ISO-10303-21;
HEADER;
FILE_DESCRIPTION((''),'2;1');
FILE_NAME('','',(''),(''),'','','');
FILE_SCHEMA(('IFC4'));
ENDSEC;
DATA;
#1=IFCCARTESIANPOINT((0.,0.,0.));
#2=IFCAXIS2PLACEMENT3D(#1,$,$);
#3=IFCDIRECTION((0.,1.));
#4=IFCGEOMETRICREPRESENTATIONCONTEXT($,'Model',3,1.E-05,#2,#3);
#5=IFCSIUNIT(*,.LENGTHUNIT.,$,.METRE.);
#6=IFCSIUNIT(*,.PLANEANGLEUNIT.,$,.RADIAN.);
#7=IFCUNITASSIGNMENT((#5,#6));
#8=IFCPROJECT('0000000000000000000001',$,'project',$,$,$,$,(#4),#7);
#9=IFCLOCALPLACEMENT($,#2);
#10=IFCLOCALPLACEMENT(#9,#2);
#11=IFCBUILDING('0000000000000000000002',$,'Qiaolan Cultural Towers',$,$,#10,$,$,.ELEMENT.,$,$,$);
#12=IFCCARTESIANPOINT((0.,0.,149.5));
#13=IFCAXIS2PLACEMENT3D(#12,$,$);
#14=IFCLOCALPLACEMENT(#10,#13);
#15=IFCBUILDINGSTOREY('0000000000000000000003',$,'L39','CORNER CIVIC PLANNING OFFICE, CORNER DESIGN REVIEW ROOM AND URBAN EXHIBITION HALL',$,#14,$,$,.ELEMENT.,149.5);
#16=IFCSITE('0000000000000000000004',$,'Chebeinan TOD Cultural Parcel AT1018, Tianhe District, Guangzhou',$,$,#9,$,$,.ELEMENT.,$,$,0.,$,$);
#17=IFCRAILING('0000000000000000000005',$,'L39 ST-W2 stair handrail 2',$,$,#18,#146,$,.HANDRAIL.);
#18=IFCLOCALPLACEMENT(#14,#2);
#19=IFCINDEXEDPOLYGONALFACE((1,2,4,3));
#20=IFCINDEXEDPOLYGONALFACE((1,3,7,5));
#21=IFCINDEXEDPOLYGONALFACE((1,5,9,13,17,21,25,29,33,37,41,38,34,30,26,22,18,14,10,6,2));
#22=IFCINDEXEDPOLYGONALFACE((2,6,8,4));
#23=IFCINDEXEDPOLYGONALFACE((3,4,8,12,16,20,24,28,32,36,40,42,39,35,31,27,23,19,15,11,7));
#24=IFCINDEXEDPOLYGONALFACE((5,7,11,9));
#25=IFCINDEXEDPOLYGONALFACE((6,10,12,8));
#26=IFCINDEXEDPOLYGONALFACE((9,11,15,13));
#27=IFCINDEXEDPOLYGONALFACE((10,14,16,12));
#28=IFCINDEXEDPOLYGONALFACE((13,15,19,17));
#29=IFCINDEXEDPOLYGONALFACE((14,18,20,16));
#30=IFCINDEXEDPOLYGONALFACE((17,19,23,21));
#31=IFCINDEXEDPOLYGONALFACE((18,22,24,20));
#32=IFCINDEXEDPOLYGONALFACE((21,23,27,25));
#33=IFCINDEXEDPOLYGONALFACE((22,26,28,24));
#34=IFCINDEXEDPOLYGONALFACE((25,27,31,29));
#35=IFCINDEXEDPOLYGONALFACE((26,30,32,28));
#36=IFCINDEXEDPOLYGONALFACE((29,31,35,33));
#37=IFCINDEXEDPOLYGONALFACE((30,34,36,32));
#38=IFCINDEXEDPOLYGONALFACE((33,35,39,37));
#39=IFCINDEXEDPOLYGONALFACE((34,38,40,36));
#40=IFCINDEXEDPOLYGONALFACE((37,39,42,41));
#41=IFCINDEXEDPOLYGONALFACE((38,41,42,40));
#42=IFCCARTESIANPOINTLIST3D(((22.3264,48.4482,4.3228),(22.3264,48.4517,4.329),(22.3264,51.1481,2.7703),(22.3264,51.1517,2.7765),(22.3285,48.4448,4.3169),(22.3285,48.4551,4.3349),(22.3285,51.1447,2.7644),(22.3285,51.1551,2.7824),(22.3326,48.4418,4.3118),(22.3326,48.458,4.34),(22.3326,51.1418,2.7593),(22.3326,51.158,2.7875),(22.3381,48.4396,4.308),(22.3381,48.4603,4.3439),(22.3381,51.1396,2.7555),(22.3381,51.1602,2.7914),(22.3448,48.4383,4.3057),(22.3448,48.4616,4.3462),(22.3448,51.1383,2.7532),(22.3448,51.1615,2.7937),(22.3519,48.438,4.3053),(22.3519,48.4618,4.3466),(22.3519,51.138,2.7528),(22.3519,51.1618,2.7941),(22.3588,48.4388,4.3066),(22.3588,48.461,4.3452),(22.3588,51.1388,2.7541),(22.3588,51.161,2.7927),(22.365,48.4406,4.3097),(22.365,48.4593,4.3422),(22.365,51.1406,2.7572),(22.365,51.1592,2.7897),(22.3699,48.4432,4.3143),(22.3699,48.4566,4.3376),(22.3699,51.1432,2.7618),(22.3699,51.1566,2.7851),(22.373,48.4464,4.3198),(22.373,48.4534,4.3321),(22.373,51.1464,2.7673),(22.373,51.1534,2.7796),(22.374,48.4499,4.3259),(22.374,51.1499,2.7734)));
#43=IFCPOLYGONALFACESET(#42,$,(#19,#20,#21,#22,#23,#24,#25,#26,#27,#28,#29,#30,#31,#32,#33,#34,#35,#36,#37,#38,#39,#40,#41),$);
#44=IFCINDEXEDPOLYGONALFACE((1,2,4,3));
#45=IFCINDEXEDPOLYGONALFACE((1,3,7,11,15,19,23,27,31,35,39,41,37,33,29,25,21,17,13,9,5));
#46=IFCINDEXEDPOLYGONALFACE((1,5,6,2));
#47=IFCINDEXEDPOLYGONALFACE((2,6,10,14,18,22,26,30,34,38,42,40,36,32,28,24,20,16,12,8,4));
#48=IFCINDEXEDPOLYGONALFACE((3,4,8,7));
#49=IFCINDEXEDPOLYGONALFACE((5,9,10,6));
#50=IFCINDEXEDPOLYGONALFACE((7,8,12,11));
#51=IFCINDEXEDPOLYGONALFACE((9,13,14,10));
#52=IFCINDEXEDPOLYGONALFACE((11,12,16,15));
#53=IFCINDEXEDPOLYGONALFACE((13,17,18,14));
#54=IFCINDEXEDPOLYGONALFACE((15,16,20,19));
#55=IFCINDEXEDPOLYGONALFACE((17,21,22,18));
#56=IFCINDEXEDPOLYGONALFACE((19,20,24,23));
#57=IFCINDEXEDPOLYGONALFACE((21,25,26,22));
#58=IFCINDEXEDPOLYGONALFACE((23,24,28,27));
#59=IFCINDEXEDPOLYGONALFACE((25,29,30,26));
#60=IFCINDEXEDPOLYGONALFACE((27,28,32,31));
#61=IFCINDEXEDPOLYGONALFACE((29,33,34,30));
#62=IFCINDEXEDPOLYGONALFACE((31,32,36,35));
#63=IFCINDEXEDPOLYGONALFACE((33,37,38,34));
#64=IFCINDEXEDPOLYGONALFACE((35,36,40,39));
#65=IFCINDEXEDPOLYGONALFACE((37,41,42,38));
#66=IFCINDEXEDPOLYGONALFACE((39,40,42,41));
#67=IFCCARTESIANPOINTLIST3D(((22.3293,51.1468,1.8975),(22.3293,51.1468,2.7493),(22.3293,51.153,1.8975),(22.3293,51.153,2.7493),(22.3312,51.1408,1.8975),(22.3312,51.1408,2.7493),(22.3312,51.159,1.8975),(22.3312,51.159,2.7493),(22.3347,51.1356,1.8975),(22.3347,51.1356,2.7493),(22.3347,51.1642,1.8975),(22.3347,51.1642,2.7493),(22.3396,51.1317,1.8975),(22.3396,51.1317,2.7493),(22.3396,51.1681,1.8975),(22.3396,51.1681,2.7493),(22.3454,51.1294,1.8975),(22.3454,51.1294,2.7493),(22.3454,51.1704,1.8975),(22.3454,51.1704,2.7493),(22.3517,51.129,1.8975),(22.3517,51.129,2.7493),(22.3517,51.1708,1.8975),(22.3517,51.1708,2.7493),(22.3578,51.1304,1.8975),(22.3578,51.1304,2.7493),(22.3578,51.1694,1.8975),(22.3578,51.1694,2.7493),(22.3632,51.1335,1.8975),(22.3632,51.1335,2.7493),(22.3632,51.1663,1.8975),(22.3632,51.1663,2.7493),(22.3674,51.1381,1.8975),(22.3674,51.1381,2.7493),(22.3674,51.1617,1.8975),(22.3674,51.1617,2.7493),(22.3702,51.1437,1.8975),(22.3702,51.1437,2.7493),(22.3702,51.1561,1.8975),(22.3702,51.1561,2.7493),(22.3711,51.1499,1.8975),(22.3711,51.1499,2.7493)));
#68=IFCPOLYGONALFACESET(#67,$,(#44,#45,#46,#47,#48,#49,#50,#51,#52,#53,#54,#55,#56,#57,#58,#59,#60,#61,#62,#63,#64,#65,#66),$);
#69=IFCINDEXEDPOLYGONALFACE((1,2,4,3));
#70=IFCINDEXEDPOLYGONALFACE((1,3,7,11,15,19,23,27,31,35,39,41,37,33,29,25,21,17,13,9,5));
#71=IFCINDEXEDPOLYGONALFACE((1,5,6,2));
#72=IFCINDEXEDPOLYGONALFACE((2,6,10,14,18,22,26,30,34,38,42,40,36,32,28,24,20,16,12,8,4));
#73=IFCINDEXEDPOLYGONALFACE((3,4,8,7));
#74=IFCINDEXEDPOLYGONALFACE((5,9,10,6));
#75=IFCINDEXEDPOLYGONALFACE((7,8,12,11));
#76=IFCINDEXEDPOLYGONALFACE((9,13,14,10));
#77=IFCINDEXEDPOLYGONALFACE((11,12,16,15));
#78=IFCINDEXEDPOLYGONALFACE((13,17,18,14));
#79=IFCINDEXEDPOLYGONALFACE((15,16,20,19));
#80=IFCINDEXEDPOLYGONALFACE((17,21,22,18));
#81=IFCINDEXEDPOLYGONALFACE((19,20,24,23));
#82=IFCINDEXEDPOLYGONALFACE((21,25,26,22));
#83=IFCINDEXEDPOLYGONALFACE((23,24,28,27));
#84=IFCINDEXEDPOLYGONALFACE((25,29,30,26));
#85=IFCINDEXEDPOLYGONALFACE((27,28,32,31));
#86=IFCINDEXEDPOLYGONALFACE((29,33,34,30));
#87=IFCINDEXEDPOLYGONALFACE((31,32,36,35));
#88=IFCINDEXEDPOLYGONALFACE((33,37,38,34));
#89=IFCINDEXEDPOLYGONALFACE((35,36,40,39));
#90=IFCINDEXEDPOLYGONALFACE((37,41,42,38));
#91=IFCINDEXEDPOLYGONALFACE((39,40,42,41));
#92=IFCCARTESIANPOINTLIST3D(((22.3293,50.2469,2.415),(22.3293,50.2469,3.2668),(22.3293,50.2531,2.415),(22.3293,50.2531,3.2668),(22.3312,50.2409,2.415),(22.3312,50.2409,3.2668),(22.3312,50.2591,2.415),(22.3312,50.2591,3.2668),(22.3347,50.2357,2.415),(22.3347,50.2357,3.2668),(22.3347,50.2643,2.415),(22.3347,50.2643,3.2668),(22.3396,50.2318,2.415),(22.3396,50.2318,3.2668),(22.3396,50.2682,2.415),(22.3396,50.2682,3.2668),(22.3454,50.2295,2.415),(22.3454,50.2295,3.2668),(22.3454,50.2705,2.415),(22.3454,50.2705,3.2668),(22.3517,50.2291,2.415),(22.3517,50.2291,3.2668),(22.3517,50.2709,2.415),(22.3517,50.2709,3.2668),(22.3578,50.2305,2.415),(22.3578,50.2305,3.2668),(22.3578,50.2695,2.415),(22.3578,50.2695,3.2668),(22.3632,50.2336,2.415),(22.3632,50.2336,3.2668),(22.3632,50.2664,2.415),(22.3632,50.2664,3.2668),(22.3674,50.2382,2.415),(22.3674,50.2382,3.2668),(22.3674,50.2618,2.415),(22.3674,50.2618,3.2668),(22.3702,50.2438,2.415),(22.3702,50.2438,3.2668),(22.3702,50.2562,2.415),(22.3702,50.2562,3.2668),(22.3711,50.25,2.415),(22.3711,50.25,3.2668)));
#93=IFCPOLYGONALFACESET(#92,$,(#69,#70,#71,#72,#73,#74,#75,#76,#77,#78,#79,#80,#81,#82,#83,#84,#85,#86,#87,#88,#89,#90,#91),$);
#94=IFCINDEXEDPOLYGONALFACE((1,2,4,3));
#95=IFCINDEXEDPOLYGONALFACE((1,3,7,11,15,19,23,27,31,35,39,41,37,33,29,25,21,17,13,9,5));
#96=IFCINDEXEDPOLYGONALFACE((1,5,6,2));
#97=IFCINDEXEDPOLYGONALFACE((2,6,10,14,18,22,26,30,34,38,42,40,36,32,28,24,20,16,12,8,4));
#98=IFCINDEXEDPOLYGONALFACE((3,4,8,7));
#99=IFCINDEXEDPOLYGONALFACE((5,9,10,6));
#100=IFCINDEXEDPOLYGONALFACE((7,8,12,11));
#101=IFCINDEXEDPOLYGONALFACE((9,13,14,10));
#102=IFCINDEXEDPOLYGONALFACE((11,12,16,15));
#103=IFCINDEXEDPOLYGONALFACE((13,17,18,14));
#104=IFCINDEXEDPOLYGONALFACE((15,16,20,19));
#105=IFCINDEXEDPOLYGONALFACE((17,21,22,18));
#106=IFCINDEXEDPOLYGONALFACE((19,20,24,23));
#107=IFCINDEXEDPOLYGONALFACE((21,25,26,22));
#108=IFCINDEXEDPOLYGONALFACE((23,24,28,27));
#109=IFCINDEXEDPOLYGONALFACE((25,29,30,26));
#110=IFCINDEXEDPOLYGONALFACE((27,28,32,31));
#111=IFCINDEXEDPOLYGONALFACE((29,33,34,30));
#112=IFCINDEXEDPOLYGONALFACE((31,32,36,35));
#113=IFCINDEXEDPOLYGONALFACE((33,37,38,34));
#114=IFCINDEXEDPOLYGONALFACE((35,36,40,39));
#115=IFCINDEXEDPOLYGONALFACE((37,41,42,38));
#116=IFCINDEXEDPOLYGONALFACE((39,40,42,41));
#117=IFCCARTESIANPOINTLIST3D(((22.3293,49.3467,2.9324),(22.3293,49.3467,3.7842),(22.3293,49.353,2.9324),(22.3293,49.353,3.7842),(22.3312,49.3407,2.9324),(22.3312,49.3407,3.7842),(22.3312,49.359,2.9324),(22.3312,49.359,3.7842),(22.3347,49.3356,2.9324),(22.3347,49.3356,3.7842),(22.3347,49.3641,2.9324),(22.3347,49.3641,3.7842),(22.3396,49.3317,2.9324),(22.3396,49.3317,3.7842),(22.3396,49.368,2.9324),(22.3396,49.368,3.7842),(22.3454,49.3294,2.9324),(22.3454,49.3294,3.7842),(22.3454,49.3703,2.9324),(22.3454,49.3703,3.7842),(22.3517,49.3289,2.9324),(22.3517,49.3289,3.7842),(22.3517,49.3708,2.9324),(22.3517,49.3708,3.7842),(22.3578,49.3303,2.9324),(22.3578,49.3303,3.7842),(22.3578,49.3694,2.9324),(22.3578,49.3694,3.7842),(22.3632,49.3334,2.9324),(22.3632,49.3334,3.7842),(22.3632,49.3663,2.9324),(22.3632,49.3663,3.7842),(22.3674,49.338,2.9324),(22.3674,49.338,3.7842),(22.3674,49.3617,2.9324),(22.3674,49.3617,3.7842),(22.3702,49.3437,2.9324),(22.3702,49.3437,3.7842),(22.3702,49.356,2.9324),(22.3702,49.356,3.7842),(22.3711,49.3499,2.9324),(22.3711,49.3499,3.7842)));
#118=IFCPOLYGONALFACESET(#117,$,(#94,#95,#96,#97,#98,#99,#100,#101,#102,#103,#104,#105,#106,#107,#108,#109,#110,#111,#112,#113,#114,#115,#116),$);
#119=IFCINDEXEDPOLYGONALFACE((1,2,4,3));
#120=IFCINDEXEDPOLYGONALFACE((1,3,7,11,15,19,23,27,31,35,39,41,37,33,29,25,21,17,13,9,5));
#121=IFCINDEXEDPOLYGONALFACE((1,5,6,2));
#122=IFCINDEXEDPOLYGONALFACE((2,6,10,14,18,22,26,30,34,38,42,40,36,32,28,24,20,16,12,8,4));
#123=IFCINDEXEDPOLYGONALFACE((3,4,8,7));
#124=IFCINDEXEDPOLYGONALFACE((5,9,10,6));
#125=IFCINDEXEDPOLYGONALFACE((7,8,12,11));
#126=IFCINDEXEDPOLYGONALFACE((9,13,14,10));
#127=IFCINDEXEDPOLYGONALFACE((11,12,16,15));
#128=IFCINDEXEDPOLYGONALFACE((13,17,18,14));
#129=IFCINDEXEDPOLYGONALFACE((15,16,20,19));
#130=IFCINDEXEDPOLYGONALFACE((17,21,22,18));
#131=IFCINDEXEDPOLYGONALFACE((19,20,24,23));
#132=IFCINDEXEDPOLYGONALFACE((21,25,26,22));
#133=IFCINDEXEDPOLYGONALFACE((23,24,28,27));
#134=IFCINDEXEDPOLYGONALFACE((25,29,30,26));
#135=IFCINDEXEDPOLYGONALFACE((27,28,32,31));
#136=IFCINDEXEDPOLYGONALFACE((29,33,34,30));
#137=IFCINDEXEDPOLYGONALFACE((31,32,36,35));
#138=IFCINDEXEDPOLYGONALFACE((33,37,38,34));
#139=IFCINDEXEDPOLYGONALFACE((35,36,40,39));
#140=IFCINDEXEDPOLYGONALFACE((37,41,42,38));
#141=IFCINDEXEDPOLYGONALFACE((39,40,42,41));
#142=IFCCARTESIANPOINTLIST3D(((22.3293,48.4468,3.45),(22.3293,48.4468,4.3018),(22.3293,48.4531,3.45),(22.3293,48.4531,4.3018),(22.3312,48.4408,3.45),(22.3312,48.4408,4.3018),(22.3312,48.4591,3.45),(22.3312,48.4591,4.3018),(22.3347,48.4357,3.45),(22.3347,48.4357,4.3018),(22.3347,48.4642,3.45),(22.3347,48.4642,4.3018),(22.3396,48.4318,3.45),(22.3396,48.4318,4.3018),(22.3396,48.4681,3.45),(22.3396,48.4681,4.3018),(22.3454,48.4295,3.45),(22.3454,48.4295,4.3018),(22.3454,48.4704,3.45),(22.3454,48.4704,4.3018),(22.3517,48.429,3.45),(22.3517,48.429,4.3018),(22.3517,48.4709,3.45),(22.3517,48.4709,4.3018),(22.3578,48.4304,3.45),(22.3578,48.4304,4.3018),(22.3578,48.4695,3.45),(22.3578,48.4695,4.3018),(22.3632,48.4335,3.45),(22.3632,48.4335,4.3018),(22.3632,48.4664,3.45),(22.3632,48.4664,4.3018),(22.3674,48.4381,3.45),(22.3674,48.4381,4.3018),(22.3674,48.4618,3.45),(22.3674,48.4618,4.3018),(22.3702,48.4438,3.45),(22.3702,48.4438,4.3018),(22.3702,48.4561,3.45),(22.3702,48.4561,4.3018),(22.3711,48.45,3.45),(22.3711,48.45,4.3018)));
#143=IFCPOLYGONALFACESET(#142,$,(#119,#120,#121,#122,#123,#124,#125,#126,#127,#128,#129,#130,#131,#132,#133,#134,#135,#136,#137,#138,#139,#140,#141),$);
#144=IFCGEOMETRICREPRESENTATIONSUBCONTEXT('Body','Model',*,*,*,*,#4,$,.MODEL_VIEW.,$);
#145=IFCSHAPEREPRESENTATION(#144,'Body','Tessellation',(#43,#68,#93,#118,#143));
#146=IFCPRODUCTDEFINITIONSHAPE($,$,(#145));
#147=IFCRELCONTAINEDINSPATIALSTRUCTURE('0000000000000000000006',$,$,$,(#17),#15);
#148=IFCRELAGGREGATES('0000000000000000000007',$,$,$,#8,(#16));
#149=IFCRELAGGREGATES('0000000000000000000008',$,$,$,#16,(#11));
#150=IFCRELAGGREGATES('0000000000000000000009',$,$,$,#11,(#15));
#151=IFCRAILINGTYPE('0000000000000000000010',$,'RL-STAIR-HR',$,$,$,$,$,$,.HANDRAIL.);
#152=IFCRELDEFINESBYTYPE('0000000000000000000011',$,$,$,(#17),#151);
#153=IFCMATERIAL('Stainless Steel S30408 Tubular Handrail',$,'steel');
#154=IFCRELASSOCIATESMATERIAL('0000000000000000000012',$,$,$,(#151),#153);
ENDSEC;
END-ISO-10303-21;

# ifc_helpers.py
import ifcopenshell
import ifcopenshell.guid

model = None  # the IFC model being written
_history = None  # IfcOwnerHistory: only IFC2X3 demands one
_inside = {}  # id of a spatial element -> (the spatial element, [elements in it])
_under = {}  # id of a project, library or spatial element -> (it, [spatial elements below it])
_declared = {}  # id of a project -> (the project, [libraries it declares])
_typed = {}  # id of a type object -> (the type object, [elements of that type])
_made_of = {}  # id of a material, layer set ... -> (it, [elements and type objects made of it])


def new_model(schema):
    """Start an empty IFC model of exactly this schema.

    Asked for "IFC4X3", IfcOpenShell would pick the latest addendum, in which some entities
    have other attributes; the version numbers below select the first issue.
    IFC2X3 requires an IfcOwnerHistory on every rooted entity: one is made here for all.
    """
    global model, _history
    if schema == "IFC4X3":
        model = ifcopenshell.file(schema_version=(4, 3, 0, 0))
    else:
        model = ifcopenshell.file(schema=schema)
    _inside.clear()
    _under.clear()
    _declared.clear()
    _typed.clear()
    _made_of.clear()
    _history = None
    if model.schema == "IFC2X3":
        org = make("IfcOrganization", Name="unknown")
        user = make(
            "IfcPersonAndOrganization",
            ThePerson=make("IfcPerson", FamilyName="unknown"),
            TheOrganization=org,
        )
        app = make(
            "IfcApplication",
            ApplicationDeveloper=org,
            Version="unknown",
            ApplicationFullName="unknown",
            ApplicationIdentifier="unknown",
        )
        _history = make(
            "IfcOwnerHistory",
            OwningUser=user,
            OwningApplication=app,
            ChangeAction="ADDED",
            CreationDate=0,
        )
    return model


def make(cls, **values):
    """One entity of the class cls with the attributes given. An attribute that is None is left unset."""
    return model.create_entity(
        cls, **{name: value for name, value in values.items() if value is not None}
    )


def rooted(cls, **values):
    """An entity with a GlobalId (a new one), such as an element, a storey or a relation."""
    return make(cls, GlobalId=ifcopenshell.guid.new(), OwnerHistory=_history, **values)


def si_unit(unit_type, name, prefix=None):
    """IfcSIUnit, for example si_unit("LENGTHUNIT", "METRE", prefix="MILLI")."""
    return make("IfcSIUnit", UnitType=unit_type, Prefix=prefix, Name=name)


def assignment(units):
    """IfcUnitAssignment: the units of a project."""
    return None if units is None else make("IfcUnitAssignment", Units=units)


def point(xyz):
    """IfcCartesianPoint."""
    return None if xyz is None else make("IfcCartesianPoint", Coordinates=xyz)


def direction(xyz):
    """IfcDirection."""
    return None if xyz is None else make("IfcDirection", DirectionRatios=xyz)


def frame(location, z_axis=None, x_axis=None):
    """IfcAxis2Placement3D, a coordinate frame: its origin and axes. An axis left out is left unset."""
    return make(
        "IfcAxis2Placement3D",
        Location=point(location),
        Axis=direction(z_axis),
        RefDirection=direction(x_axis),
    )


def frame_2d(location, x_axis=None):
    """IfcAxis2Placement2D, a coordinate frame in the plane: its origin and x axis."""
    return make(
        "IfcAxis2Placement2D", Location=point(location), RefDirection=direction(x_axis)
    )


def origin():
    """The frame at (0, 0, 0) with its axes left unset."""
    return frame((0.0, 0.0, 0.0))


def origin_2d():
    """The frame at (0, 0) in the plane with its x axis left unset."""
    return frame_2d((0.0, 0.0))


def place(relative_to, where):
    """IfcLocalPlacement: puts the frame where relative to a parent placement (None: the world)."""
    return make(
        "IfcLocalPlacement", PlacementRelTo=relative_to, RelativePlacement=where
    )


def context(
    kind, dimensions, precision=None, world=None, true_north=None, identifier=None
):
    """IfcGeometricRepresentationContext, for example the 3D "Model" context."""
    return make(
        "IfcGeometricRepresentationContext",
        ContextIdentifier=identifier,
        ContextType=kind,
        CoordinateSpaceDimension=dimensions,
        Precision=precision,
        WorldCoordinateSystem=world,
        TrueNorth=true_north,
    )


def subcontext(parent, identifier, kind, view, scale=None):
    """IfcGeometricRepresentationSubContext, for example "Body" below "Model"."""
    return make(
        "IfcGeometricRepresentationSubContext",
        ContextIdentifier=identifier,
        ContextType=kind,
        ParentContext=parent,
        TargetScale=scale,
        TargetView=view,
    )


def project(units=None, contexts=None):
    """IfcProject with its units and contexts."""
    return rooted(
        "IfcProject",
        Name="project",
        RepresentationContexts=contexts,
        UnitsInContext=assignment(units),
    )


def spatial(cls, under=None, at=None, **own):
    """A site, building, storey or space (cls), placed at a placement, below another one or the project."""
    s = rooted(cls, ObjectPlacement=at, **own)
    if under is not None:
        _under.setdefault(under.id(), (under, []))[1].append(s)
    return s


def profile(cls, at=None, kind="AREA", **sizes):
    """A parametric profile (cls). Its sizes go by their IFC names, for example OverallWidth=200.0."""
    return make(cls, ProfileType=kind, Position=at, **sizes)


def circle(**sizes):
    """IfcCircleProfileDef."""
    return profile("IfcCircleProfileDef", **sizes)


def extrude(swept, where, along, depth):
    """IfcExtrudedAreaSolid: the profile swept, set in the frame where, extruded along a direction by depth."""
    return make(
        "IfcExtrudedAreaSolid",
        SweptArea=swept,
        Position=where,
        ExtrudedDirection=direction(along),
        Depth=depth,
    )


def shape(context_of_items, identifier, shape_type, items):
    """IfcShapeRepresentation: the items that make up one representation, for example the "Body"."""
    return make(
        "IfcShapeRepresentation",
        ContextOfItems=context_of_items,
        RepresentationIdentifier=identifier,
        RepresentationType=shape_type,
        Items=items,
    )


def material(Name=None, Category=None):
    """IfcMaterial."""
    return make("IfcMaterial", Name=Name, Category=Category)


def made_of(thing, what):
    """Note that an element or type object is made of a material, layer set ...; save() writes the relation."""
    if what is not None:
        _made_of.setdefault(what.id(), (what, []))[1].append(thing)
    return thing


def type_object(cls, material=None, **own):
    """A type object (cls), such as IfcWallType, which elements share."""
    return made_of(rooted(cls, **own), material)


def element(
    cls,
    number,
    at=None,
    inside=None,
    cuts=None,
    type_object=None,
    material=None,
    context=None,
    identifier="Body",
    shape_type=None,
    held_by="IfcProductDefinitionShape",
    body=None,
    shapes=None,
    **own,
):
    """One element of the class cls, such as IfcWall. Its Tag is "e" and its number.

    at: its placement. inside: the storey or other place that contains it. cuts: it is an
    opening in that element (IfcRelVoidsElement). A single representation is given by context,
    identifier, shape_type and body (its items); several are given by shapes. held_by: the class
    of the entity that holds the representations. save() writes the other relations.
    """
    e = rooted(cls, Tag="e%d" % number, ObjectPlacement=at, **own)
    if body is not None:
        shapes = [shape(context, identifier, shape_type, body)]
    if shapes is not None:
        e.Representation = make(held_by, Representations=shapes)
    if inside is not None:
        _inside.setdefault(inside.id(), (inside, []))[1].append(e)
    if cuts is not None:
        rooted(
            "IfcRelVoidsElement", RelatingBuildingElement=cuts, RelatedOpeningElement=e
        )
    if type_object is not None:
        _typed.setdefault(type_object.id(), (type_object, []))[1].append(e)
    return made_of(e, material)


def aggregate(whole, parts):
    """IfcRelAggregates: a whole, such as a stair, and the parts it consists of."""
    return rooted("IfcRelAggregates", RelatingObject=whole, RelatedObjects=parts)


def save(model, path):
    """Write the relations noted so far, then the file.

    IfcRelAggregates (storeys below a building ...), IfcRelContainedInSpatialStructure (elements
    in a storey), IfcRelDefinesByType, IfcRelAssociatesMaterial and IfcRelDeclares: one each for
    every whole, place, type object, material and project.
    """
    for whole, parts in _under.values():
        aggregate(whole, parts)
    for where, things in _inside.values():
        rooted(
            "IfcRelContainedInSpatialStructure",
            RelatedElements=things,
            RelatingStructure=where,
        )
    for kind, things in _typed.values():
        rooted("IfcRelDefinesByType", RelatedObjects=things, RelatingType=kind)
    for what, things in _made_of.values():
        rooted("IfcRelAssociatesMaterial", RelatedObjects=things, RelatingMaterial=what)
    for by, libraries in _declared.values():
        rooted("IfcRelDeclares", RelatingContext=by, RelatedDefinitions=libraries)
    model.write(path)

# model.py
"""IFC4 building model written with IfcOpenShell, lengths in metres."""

from ifc_helpers import new_model, si_unit, direction, frame, origin, origin_2d, place, context, subcontext, project, spatial, circle, extrude, material, type_object, element, save


model = new_model("IFC4")

# Units and contexts
model_context = context("Model", 3, precision=1e-05, world=origin(), true_north=direction((0.0, 1.0)))
body_context = subcontext(model_context, "Body", "Model", "MODEL_VIEW")
ifc_project = project(units=[si_unit("LENGTHUNIT", "METRE"), si_unit("PLANEANGLEUNIT", "RADIAN")], contexts=[model_context])

# Site, building, storey
site_placement = place(None, origin())
site = spatial("IfcSite", under=ifc_project, at=site_placement, Name="Chebeinan TOD Cultural Parcel AT1018, Tianhe District, Guangzhou", CompositionType="ELEMENT", RefElevation=0.0)
building_placement = place(site_placement, origin())
building = spatial("IfcBuilding", under=site, at=building_placement, Name="Qiaolan Cultural Towers", CompositionType="ELEMENT")
storey_placement = place(building_placement, frame((0.0, 0.0, 149.5)))
storey = spatial("IfcBuildingStorey", under=building, at=storey_placement, Name="L39", Description="CORNER CIVIC PLANNING OFFICE, CORNER DESIGN REVIEW ROOM AND URBAN EXHIBITION HALL", CompositionType="ELEMENT", Elevation=149.5)

# Railing
ifc_material_1 = material(Name="Stainless Steel S30408 Tubular Handrail", Category="steel")
railing_type_1 = type_object("IfcRailingType", Name="RL-STAIR-HR", PredefinedType="HANDRAIL", material=ifc_material_1)
railing_1_placement = place(storey_placement, frame((22.3501, 51.1499, 1.8975)))
element("IfcRailing", 1, at=railing_1_placement, inside=storey, type_object=railing_type_1, Name="L39 ST-W2 stair handrail 2", PredefinedType="HANDRAIL", context=body_context, shape_type="SweptSolid", body=[
    extrude(circle(Radius=0.0239, at=origin_2d()), frame((0.0, 0.0, 0.876), z_axis=(0.0, -0.866904, 0.498476), x_axis=(1.0, 0.0, 0.0)), (0.0, 0.0, 1.0), 3.1145),
    extrude(circle(Radius=0.021, at=origin_2d()), origin(), (0.0, 0.0, 1.0), 0.8518),
    extrude(circle(Radius=0.021, at=origin_2d()), frame((0.0, -0.8999, 0.5176)), (0.0, 0.0, 1.0), 0.8518),
    extrude(circle(Radius=0.021, at=origin_2d()), frame((0.0, -1.8, 1.0349)), (0.0, 0.0, 1.0), 0.8518),
    extrude(circle(Radius=0.021, at=origin_2d()), frame((0.0, -2.7, 1.5525)), (0.0, 0.0, 1.0), 0.8518),
])

save(model, "model.ifc")
